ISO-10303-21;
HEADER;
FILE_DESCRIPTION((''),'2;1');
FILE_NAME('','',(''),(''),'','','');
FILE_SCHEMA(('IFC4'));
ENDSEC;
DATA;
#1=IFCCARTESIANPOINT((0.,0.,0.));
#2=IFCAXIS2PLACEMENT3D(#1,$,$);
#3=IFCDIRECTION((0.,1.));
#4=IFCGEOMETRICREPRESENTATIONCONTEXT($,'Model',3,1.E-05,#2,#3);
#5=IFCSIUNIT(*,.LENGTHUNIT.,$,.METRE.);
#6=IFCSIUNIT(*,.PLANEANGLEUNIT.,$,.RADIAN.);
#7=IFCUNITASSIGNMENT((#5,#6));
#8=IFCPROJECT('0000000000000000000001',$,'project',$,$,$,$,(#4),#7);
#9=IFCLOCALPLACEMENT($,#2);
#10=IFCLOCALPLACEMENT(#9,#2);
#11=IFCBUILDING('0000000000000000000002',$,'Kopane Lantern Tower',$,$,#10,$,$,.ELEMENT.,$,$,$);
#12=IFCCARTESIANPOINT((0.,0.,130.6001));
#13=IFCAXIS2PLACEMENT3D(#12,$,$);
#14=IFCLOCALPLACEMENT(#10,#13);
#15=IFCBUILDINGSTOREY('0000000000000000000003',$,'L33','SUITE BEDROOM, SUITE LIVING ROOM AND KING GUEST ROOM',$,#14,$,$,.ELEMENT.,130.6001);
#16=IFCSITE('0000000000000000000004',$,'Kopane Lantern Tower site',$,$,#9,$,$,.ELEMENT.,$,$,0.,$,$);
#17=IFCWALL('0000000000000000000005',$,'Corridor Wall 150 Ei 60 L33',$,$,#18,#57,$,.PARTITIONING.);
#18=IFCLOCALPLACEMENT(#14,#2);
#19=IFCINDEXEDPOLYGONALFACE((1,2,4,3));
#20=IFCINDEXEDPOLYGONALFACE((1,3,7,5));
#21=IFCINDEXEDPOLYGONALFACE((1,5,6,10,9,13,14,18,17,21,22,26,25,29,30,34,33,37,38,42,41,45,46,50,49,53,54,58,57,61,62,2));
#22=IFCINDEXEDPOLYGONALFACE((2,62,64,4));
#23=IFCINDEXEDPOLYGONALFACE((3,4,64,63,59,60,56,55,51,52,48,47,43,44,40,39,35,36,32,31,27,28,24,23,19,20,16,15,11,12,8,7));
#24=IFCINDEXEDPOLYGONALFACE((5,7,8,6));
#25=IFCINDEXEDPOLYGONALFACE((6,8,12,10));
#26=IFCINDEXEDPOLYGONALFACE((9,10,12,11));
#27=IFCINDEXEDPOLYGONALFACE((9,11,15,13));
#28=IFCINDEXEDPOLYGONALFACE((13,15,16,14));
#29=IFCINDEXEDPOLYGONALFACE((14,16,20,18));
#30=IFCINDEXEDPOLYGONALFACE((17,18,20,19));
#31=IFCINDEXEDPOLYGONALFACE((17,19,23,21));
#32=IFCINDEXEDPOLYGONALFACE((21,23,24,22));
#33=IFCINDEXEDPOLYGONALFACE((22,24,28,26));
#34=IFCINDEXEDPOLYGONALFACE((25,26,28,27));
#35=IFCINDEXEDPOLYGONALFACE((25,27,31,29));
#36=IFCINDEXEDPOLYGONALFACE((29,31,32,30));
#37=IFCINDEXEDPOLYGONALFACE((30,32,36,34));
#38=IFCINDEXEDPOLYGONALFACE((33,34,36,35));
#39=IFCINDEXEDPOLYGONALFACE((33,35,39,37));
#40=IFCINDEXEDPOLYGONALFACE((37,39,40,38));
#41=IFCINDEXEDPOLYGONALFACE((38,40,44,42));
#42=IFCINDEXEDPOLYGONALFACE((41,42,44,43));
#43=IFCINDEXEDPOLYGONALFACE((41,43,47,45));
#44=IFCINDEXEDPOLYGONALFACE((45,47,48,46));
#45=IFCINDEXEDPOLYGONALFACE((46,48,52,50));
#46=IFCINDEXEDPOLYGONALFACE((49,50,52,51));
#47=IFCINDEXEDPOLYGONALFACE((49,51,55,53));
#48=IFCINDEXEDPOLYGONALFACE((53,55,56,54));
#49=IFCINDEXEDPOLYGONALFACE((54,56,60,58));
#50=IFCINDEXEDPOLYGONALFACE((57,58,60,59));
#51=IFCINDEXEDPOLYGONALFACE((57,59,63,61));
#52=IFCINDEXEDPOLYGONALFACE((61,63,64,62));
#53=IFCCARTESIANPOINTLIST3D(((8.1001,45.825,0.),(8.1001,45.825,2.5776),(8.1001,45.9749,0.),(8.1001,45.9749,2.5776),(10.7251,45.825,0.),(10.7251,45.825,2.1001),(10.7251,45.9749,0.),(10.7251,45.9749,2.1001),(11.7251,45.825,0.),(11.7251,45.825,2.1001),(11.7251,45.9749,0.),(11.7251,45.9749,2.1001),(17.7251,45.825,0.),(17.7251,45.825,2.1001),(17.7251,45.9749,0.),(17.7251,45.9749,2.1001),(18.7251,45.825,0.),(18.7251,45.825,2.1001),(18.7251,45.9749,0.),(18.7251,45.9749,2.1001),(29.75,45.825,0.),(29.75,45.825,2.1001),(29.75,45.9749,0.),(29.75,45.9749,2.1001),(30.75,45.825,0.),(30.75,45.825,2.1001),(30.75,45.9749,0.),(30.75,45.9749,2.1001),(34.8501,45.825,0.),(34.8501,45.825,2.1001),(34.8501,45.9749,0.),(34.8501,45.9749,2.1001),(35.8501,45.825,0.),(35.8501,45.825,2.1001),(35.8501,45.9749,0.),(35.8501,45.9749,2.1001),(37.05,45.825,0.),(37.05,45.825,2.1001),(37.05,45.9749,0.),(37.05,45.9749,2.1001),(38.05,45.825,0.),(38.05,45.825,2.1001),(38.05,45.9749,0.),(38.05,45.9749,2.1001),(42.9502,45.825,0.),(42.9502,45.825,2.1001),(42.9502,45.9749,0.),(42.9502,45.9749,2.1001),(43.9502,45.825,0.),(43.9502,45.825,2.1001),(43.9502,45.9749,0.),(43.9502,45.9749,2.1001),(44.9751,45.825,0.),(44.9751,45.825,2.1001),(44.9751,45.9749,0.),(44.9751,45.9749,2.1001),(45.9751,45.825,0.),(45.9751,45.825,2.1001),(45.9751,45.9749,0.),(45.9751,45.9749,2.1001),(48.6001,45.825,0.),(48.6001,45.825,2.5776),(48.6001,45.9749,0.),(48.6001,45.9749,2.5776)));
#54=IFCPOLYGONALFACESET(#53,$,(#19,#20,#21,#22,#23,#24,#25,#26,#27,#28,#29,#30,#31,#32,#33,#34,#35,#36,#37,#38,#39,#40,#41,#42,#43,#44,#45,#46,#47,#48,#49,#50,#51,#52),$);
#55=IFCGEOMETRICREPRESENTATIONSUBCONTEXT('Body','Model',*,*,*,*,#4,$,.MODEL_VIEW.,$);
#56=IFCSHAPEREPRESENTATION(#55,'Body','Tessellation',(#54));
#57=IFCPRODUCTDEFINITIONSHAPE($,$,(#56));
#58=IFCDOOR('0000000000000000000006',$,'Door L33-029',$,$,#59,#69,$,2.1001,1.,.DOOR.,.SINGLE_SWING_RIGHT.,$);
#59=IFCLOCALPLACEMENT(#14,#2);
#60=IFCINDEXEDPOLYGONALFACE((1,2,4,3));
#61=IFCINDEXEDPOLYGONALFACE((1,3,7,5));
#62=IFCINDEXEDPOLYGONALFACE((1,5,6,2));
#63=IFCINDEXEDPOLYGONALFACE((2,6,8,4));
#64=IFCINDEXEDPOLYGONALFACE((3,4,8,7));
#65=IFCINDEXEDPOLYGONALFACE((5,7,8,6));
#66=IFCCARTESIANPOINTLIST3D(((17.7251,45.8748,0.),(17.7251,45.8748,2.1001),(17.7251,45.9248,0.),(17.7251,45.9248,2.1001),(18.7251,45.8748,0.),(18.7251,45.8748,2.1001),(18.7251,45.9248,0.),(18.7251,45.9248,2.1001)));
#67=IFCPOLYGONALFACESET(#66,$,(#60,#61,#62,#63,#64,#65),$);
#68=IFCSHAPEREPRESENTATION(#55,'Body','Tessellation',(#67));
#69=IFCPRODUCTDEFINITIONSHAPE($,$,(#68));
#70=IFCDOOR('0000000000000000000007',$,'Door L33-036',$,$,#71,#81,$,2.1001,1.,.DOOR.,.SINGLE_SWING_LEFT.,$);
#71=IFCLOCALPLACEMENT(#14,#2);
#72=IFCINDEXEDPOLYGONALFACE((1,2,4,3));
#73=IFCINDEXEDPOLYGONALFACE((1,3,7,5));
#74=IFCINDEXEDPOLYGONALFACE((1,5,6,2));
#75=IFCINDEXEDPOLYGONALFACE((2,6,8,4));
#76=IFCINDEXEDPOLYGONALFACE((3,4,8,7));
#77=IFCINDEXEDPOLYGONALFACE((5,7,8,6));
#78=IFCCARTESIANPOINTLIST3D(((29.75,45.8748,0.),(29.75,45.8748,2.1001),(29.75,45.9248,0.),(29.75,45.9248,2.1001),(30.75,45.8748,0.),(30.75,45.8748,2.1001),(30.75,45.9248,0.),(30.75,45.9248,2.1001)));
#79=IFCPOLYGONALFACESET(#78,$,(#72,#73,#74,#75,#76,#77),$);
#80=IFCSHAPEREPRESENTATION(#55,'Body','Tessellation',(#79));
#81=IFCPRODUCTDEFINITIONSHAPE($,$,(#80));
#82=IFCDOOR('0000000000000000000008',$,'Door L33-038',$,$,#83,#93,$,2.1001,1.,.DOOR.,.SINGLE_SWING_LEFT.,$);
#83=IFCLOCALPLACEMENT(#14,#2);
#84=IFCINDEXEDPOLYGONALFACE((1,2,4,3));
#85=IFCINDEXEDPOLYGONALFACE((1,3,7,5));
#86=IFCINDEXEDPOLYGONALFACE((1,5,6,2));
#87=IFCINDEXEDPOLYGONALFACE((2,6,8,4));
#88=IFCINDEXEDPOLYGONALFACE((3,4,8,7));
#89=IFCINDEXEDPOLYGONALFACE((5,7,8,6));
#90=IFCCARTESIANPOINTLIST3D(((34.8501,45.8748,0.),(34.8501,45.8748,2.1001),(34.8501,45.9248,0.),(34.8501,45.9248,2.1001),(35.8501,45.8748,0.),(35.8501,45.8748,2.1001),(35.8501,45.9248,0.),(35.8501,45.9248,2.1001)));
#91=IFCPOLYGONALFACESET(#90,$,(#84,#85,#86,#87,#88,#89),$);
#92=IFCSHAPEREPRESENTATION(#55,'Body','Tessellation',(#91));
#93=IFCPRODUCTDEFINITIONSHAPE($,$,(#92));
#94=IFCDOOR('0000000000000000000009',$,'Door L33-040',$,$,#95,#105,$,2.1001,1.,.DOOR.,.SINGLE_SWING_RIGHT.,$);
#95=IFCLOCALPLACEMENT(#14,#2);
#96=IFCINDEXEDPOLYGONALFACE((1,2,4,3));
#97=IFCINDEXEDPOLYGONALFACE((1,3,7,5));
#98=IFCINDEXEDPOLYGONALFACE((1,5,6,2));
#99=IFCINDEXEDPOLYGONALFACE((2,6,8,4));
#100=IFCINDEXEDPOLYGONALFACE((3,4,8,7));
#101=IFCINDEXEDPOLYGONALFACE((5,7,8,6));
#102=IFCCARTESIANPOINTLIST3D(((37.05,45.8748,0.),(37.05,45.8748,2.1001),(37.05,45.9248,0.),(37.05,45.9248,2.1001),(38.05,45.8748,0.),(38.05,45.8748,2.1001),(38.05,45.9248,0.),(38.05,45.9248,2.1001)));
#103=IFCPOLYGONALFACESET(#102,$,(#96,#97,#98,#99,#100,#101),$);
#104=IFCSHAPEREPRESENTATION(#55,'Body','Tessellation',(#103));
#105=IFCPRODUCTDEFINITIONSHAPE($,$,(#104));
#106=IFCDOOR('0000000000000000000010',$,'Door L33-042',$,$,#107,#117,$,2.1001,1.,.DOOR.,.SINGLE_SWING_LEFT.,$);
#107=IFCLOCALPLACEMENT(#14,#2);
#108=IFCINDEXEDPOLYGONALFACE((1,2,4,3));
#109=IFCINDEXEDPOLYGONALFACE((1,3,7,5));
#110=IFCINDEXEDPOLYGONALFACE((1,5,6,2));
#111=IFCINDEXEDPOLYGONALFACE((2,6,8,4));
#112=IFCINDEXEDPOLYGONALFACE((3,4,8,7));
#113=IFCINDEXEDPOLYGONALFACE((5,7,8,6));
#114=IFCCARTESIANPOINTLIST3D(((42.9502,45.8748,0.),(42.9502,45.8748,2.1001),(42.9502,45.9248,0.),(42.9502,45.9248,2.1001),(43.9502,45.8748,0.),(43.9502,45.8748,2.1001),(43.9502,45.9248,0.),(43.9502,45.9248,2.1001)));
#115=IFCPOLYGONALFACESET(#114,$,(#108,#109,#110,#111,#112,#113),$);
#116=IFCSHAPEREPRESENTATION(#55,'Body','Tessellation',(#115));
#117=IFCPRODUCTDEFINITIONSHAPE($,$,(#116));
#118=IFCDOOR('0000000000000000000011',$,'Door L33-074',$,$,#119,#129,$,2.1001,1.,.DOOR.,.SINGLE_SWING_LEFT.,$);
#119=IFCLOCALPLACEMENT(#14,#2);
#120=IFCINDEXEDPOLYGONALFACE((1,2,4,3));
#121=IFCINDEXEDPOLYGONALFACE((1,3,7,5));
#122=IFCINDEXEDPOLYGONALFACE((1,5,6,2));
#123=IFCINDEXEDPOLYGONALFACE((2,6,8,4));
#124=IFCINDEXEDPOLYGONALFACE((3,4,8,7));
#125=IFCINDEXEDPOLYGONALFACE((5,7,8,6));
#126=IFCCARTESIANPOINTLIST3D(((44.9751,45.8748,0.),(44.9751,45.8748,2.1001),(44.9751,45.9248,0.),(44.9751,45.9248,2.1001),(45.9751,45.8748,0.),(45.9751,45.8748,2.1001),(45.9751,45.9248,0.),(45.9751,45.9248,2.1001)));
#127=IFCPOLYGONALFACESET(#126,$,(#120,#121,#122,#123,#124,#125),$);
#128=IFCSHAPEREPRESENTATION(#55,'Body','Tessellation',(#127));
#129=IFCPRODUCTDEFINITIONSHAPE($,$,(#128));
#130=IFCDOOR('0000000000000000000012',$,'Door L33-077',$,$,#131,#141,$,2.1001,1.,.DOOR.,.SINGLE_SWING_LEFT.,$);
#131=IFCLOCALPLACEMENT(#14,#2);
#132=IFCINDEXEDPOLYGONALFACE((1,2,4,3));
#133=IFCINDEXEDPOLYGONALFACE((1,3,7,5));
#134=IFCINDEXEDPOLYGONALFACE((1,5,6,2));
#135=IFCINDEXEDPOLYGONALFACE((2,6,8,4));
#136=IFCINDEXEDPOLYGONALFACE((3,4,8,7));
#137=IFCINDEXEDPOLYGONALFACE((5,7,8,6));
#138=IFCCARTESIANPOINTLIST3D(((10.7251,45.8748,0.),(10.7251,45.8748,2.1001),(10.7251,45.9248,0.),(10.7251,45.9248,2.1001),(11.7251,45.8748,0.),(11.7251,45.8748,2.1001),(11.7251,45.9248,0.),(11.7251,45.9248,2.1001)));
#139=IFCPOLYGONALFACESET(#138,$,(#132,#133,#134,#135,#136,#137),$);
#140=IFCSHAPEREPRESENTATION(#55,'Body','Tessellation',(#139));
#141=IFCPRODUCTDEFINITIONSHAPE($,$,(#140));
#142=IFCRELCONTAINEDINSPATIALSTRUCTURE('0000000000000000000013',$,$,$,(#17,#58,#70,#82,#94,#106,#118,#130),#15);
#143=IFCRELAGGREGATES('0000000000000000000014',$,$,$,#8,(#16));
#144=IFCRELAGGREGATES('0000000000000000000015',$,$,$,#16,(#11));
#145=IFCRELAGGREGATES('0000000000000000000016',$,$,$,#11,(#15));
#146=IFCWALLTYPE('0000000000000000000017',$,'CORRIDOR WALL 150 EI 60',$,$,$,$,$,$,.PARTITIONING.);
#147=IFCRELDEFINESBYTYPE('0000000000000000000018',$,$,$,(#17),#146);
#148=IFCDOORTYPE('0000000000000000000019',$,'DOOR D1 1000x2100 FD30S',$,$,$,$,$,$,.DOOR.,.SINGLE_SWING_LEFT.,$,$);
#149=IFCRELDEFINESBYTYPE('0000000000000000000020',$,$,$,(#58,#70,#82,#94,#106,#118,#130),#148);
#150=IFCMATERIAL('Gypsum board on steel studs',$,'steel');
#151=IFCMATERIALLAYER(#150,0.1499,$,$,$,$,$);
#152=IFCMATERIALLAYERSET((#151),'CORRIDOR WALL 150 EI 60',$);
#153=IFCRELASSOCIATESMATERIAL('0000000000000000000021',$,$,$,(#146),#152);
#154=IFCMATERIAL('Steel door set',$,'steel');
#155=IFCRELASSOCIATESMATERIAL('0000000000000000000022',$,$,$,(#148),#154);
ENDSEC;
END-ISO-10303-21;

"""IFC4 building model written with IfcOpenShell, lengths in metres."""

from ifc_helpers import new_model, si_unit, direction, frame, frame_2d, origin, place, context, subcontext, project, spatial, rectangle, extrude, material, layer, layer_set, type_object, element, fill, save


model = new_model("IFC4")

# Units and contexts
model_context = context("Model", 3, precision=1e-05, world=origin(), true_north=direction((0.0, 1.0)))
body_context = subcontext(model_context, "Body", "Model", "MODEL_VIEW")
ifc_project = project(units=[si_unit("LENGTHUNIT", "METRE"), si_unit("PLANEANGLEUNIT", "RADIAN")], contexts=[model_context])

# Site, building, storey
site_placement = place(None, origin())
site = spatial("IfcSite", under=ifc_project, at=site_placement, Name="Kopane Lantern Tower site", CompositionType="ELEMENT", RefElevation=0.0)
building_placement = place(site_placement, origin())
building = spatial("IfcBuilding", under=site, at=building_placement, Name="Kopane Lantern Tower", CompositionType="ELEMENT")
storey_placement = place(building_placement, frame((0.0, 0.0, 130.6001)))
storey = spatial("IfcBuildingStorey", under=building, at=storey_placement, Name="L33", Description="SUITE BEDROOM, SUITE LIVING ROOM AND KING GUEST ROOM", CompositionType="ELEMENT", Elevation=130.6001)

# Wall, openings, doors
ifc_material_1 = material(Name="Gypsum board on steel studs", Category="steel")
ifc_layer_1 = layer(ifc_material_1, 0.1499)
ifc_layer_set_1 = layer_set([ifc_layer_1], Name="CORRIDOR WALL 150 EI 60")
wall_type_1 = type_object("IfcWallType", Name="CORRIDOR WALL 150 EI 60", PredefinedType="PARTITIONING", material=ifc_layer_set_1)
wall_1_placement = place(storey_placement, frame((8.1001, 45.8999, 0.0), z_axis=(0.0, 0.0, 1.0), x_axis=(1.0, 0.0, 0.0)))
wall_1 = element("IfcWall", 1, at=wall_1_placement, inside=storey, type_object=wall_type_1, Name="Corridor Wall 150 Ei 60 L33", PredefinedType="PARTITIONING", context=body_context, shape_type="SweptSolid", body=[
    extrude(rectangle(XDim=40.5, YDim=0.1499, at=frame_2d((20.25, 0.0))), origin(), (0.0, 0.0, 1.0), 2.5776),
])
opening_1_placement = place(wall_1_placement, frame((9.625, 0.0, 0.0)))
opening_1 = element("IfcOpeningElement", 2, at=opening_1_placement, cuts=wall_1, PredefinedType="OPENING", context=body_context, shape_type="SweptSolid", body=[
    extrude(rectangle(XDim=1.0, YDim=2.1001, at=frame_2d((0.5, 1.05))), frame((0.0, 0.085, 0.0), z_axis=(0.0, -1.0, 0.0), x_axis=(1.0, 0.0, 0.0)), (0.0, 0.0, 1.0), 0.1699),
])
opening_2_placement = place(wall_1_placement, frame((21.6499, 0.0, 0.0)))
opening_2 = element("IfcOpeningElement", 3, at=opening_2_placement, cuts=wall_1, PredefinedType="OPENING", context=body_context, shape_type="SweptSolid", body=[
    extrude(rectangle(XDim=1.0, YDim=2.1001, at=frame_2d((0.5, 1.05))), frame((0.0, 0.085, 0.0), z_axis=(0.0, -1.0, 0.0), x_axis=(1.0, 0.0, 0.0)), (0.0, 0.0, 1.0), 0.1699),
])
opening_3_placement = place(wall_1_placement, frame((26.75, 0.0, 0.0)))
opening_3 = element("IfcOpeningElement", 4, at=opening_3_placement, cuts=wall_1, PredefinedType="OPENING", context=body_context, shape_type="SweptSolid", body=[
    extrude(rectangle(XDim=1.0, YDim=2.1001, at=frame_2d((0.5, 1.05))), frame((0.0, 0.085, 0.0), z_axis=(0.0, -1.0, 0.0), x_axis=(1.0, 0.0, 0.0)), (0.0, 0.0, 1.0), 0.1699),
])
opening_4_placement = place(wall_1_placement, frame((28.95, 0.0, 0.0)))
opening_4 = element("IfcOpeningElement", 5, at=opening_4_placement, cuts=wall_1, PredefinedType="OPENING", context=body_context, shape_type="SweptSolid", body=[
    extrude(rectangle(XDim=1.0, YDim=2.1001, at=frame_2d((0.5, 1.05))), frame((0.0, 0.085, 0.0), z_axis=(0.0, -1.0, 0.0), x_axis=(1.0, 0.0, 0.0)), (0.0, 0.0, 1.0), 0.1699),
])
opening_5_placement = place(wall_1_placement, frame((34.8501, 0.0, 0.0)))
opening_5 = element("IfcOpeningElement", 6, at=opening_5_placement, cuts=wall_1, PredefinedType="OPENING", context=body_context, shape_type="SweptSolid", body=[
    extrude(rectangle(XDim=1.0, YDim=2.1001, at=frame_2d((0.5, 1.05))), frame((0.0, 0.085, 0.0), z_axis=(0.0, -1.0, 0.0), x_axis=(1.0, 0.0, 0.0)), (0.0, 0.0, 1.0), 0.1699),
])
opening_6_placement = place(wall_1_placement, frame((36.875, 0.0, 0.0)))
opening_6 = element("IfcOpeningElement", 7, at=opening_6_placement, cuts=wall_1, PredefinedType="OPENING", context=body_context, shape_type="SweptSolid", body=[
    extrude(rectangle(XDim=1.0, YDim=2.1001, at=frame_2d((0.5, 1.05))), frame((0.0, 0.085, 0.0), z_axis=(0.0, -1.0, 0.0), x_axis=(1.0, 0.0, 0.0)), (0.0, 0.0, 1.0), 0.1699),
])
opening_7_placement = place(wall_1_placement, frame((2.625, 0.0, 0.0)))
opening_7 = element("IfcOpeningElement", 8, at=opening_7_placement, cuts=wall_1, PredefinedType="OPENING", context=body_context, shape_type="SweptSolid", body=[
    extrude(rectangle(XDim=1.0, YDim=2.1001, at=frame_2d((0.5, 1.05))), frame((0.0, 0.085, 0.0), z_axis=(0.0, -1.0, 0.0), x_axis=(1.0, 0.0, 0.0)), (0.0, 0.0, 1.0), 0.1699),
])
ifc_material_2 = material(Name="Steel door set", Category="steel")
door_type_1 = type_object("IfcDoorType", Name="DOOR D1 1000x2100 FD30S", OperationType="SINGLE_SWING_LEFT", PredefinedType="DOOR", material=ifc_material_2)
door_1_placement = place(opening_1_placement, origin())
door_1 = element("IfcDoor", 9, at=door_1_placement, inside=storey, type_object=door_type_1, Name="Door L33-029", OperationType="SINGLE_SWING_RIGHT", OverallHeight=2.1001, OverallWidth=1.0, PredefinedType="DOOR", context=body_context, shape_type="SweptSolid", body=[
    extrude(rectangle(XDim=1.0, YDim=2.1001, at=frame_2d((0.5, 1.05))), frame((0.0, 0.0249, 0.0), z_axis=(0.0, -1.0, 0.0), x_axis=(1.0, 0.0, 0.0)), (0.0, 0.0, 1.0), 0.05),
])
fill(opening_1, door_1)
door_2_placement = place(opening_2_placement, origin())
door_2 = element("IfcDoor", 10, at=door_2_placement, inside=storey, type_object=door_type_1, Name="Door L33-036", OperationType="SINGLE_SWING_LEFT", OverallHeight=2.1001, OverallWidth=1.0, PredefinedType="DOOR", context=body_context, shape_type="SweptSolid", body=[
    extrude(rectangle(XDim=1.0, YDim=2.1001, at=frame_2d((0.5, 1.05))), frame((0.0, 0.0249, 0.0), z_axis=(0.0, -1.0, 0.0), x_axis=(1.0, 0.0, 0.0)), (0.0, 0.0, 1.0), 0.05),
])
fill(opening_2, door_2)
door_3_placement = place(opening_3_placement, origin())
door_3 = element("IfcDoor", 11, at=door_3_placement, inside=storey, type_object=door_type_1, Name="Door L33-038", OperationType="SINGLE_SWING_LEFT", OverallHeight=2.1001, OverallWidth=1.0, PredefinedType="DOOR", context=body_context, shape_type="SweptSolid", body=[
    extrude(rectangle(XDim=1.0, YDim=2.1001, at=frame_2d((0.5, 1.05))), frame((0.0, 0.0249, 0.0), z_axis=(0.0, -1.0, 0.0), x_axis=(1.0, 0.0, 0.0)), (0.0, 0.0, 1.0), 0.05),
])
fill(opening_3, door_3)
door_4_placement = place(opening_4_placement, origin())
door_4 = element("IfcDoor", 12, at=door_4_placement, inside=storey, type_object=door_type_1, Name="Door L33-040", OperationType="SINGLE_SWING_RIGHT", OverallHeight=2.1001, OverallWidth=1.0, PredefinedType="DOOR", context=body_context, shape_type="SweptSolid", body=[
    extrude(rectangle(XDim=1.0, YDim=2.1001, at=frame_2d((0.5, 1.05))), frame((0.0, 0.0249, 0.0), z_axis=(0.0, -1.0, 0.0), x_axis=(1.0, 0.0, 0.0)), (0.0, 0.0, 1.0), 0.05),
])
fill(opening_4, door_4)
door_5_placement = place(opening_5_placement, origin())
door_5 = element("IfcDoor", 13, at=door_5_placement, inside=storey, type_object=door_type_1, Name="Door L33-042", OperationType="SINGLE_SWING_LEFT", OverallHeight=2.1001, OverallWidth=1.0, PredefinedType="DOOR", context=body_context, shape_type="SweptSolid", body=[
    extrude(rectangle(XDim=1.0, YDim=2.1001, at=frame_2d((0.5, 1.05))), frame((0.0, 0.0249, 0.0), z_axis=(0.0, -1.0, 0.0), x_axis=(1.0, 0.0, 0.0)), (0.0, 0.0, 1.0), 0.05),
])
fill(opening_5, door_5)
door_6_placement = place(opening_6_placement, origin())
door_6 = element("IfcDoor", 14, at=door_6_placement, inside=storey, type_object=door_type_1, Name="Door L33-074", OperationType="SINGLE_SWING_LEFT", OverallHeight=2.1001, OverallWidth=1.0, PredefinedType="DOOR", context=body_context, shape_type="SweptSolid", body=[
    extrude(rectangle(XDim=1.0, YDim=2.1001, at=frame_2d((0.5, 1.05))), frame((0.0, 0.0249, 0.0), z_axis=(0.0, -1.0, 0.0), x_axis=(1.0, 0.0, 0.0)), (0.0, 0.0, 1.0), 0.05),
])
fill(opening_6, door_6)
door_7_placement = place(opening_7_placement, origin())
door_7 = element("IfcDoor", 15, at=door_7_placement, inside=storey, type_object=door_type_1, Name="Door L33-077", OperationType="SINGLE_SWING_LEFT", OverallHeight=2.1001, OverallWidth=1.0, PredefinedType="DOOR", context=body_context, shape_type="SweptSolid", body=[
    extrude(rectangle(XDim=1.0, YDim=2.1001, at=frame_2d((0.5, 1.05))), frame((0.0, 0.0249, 0.0), z_axis=(0.0, -1.0, 0.0), x_axis=(1.0, 0.0, 0.0)), (0.0, 0.0, 1.0), 0.05),
])
fill(opening_7, door_7)

save(model, "model.ifc")
